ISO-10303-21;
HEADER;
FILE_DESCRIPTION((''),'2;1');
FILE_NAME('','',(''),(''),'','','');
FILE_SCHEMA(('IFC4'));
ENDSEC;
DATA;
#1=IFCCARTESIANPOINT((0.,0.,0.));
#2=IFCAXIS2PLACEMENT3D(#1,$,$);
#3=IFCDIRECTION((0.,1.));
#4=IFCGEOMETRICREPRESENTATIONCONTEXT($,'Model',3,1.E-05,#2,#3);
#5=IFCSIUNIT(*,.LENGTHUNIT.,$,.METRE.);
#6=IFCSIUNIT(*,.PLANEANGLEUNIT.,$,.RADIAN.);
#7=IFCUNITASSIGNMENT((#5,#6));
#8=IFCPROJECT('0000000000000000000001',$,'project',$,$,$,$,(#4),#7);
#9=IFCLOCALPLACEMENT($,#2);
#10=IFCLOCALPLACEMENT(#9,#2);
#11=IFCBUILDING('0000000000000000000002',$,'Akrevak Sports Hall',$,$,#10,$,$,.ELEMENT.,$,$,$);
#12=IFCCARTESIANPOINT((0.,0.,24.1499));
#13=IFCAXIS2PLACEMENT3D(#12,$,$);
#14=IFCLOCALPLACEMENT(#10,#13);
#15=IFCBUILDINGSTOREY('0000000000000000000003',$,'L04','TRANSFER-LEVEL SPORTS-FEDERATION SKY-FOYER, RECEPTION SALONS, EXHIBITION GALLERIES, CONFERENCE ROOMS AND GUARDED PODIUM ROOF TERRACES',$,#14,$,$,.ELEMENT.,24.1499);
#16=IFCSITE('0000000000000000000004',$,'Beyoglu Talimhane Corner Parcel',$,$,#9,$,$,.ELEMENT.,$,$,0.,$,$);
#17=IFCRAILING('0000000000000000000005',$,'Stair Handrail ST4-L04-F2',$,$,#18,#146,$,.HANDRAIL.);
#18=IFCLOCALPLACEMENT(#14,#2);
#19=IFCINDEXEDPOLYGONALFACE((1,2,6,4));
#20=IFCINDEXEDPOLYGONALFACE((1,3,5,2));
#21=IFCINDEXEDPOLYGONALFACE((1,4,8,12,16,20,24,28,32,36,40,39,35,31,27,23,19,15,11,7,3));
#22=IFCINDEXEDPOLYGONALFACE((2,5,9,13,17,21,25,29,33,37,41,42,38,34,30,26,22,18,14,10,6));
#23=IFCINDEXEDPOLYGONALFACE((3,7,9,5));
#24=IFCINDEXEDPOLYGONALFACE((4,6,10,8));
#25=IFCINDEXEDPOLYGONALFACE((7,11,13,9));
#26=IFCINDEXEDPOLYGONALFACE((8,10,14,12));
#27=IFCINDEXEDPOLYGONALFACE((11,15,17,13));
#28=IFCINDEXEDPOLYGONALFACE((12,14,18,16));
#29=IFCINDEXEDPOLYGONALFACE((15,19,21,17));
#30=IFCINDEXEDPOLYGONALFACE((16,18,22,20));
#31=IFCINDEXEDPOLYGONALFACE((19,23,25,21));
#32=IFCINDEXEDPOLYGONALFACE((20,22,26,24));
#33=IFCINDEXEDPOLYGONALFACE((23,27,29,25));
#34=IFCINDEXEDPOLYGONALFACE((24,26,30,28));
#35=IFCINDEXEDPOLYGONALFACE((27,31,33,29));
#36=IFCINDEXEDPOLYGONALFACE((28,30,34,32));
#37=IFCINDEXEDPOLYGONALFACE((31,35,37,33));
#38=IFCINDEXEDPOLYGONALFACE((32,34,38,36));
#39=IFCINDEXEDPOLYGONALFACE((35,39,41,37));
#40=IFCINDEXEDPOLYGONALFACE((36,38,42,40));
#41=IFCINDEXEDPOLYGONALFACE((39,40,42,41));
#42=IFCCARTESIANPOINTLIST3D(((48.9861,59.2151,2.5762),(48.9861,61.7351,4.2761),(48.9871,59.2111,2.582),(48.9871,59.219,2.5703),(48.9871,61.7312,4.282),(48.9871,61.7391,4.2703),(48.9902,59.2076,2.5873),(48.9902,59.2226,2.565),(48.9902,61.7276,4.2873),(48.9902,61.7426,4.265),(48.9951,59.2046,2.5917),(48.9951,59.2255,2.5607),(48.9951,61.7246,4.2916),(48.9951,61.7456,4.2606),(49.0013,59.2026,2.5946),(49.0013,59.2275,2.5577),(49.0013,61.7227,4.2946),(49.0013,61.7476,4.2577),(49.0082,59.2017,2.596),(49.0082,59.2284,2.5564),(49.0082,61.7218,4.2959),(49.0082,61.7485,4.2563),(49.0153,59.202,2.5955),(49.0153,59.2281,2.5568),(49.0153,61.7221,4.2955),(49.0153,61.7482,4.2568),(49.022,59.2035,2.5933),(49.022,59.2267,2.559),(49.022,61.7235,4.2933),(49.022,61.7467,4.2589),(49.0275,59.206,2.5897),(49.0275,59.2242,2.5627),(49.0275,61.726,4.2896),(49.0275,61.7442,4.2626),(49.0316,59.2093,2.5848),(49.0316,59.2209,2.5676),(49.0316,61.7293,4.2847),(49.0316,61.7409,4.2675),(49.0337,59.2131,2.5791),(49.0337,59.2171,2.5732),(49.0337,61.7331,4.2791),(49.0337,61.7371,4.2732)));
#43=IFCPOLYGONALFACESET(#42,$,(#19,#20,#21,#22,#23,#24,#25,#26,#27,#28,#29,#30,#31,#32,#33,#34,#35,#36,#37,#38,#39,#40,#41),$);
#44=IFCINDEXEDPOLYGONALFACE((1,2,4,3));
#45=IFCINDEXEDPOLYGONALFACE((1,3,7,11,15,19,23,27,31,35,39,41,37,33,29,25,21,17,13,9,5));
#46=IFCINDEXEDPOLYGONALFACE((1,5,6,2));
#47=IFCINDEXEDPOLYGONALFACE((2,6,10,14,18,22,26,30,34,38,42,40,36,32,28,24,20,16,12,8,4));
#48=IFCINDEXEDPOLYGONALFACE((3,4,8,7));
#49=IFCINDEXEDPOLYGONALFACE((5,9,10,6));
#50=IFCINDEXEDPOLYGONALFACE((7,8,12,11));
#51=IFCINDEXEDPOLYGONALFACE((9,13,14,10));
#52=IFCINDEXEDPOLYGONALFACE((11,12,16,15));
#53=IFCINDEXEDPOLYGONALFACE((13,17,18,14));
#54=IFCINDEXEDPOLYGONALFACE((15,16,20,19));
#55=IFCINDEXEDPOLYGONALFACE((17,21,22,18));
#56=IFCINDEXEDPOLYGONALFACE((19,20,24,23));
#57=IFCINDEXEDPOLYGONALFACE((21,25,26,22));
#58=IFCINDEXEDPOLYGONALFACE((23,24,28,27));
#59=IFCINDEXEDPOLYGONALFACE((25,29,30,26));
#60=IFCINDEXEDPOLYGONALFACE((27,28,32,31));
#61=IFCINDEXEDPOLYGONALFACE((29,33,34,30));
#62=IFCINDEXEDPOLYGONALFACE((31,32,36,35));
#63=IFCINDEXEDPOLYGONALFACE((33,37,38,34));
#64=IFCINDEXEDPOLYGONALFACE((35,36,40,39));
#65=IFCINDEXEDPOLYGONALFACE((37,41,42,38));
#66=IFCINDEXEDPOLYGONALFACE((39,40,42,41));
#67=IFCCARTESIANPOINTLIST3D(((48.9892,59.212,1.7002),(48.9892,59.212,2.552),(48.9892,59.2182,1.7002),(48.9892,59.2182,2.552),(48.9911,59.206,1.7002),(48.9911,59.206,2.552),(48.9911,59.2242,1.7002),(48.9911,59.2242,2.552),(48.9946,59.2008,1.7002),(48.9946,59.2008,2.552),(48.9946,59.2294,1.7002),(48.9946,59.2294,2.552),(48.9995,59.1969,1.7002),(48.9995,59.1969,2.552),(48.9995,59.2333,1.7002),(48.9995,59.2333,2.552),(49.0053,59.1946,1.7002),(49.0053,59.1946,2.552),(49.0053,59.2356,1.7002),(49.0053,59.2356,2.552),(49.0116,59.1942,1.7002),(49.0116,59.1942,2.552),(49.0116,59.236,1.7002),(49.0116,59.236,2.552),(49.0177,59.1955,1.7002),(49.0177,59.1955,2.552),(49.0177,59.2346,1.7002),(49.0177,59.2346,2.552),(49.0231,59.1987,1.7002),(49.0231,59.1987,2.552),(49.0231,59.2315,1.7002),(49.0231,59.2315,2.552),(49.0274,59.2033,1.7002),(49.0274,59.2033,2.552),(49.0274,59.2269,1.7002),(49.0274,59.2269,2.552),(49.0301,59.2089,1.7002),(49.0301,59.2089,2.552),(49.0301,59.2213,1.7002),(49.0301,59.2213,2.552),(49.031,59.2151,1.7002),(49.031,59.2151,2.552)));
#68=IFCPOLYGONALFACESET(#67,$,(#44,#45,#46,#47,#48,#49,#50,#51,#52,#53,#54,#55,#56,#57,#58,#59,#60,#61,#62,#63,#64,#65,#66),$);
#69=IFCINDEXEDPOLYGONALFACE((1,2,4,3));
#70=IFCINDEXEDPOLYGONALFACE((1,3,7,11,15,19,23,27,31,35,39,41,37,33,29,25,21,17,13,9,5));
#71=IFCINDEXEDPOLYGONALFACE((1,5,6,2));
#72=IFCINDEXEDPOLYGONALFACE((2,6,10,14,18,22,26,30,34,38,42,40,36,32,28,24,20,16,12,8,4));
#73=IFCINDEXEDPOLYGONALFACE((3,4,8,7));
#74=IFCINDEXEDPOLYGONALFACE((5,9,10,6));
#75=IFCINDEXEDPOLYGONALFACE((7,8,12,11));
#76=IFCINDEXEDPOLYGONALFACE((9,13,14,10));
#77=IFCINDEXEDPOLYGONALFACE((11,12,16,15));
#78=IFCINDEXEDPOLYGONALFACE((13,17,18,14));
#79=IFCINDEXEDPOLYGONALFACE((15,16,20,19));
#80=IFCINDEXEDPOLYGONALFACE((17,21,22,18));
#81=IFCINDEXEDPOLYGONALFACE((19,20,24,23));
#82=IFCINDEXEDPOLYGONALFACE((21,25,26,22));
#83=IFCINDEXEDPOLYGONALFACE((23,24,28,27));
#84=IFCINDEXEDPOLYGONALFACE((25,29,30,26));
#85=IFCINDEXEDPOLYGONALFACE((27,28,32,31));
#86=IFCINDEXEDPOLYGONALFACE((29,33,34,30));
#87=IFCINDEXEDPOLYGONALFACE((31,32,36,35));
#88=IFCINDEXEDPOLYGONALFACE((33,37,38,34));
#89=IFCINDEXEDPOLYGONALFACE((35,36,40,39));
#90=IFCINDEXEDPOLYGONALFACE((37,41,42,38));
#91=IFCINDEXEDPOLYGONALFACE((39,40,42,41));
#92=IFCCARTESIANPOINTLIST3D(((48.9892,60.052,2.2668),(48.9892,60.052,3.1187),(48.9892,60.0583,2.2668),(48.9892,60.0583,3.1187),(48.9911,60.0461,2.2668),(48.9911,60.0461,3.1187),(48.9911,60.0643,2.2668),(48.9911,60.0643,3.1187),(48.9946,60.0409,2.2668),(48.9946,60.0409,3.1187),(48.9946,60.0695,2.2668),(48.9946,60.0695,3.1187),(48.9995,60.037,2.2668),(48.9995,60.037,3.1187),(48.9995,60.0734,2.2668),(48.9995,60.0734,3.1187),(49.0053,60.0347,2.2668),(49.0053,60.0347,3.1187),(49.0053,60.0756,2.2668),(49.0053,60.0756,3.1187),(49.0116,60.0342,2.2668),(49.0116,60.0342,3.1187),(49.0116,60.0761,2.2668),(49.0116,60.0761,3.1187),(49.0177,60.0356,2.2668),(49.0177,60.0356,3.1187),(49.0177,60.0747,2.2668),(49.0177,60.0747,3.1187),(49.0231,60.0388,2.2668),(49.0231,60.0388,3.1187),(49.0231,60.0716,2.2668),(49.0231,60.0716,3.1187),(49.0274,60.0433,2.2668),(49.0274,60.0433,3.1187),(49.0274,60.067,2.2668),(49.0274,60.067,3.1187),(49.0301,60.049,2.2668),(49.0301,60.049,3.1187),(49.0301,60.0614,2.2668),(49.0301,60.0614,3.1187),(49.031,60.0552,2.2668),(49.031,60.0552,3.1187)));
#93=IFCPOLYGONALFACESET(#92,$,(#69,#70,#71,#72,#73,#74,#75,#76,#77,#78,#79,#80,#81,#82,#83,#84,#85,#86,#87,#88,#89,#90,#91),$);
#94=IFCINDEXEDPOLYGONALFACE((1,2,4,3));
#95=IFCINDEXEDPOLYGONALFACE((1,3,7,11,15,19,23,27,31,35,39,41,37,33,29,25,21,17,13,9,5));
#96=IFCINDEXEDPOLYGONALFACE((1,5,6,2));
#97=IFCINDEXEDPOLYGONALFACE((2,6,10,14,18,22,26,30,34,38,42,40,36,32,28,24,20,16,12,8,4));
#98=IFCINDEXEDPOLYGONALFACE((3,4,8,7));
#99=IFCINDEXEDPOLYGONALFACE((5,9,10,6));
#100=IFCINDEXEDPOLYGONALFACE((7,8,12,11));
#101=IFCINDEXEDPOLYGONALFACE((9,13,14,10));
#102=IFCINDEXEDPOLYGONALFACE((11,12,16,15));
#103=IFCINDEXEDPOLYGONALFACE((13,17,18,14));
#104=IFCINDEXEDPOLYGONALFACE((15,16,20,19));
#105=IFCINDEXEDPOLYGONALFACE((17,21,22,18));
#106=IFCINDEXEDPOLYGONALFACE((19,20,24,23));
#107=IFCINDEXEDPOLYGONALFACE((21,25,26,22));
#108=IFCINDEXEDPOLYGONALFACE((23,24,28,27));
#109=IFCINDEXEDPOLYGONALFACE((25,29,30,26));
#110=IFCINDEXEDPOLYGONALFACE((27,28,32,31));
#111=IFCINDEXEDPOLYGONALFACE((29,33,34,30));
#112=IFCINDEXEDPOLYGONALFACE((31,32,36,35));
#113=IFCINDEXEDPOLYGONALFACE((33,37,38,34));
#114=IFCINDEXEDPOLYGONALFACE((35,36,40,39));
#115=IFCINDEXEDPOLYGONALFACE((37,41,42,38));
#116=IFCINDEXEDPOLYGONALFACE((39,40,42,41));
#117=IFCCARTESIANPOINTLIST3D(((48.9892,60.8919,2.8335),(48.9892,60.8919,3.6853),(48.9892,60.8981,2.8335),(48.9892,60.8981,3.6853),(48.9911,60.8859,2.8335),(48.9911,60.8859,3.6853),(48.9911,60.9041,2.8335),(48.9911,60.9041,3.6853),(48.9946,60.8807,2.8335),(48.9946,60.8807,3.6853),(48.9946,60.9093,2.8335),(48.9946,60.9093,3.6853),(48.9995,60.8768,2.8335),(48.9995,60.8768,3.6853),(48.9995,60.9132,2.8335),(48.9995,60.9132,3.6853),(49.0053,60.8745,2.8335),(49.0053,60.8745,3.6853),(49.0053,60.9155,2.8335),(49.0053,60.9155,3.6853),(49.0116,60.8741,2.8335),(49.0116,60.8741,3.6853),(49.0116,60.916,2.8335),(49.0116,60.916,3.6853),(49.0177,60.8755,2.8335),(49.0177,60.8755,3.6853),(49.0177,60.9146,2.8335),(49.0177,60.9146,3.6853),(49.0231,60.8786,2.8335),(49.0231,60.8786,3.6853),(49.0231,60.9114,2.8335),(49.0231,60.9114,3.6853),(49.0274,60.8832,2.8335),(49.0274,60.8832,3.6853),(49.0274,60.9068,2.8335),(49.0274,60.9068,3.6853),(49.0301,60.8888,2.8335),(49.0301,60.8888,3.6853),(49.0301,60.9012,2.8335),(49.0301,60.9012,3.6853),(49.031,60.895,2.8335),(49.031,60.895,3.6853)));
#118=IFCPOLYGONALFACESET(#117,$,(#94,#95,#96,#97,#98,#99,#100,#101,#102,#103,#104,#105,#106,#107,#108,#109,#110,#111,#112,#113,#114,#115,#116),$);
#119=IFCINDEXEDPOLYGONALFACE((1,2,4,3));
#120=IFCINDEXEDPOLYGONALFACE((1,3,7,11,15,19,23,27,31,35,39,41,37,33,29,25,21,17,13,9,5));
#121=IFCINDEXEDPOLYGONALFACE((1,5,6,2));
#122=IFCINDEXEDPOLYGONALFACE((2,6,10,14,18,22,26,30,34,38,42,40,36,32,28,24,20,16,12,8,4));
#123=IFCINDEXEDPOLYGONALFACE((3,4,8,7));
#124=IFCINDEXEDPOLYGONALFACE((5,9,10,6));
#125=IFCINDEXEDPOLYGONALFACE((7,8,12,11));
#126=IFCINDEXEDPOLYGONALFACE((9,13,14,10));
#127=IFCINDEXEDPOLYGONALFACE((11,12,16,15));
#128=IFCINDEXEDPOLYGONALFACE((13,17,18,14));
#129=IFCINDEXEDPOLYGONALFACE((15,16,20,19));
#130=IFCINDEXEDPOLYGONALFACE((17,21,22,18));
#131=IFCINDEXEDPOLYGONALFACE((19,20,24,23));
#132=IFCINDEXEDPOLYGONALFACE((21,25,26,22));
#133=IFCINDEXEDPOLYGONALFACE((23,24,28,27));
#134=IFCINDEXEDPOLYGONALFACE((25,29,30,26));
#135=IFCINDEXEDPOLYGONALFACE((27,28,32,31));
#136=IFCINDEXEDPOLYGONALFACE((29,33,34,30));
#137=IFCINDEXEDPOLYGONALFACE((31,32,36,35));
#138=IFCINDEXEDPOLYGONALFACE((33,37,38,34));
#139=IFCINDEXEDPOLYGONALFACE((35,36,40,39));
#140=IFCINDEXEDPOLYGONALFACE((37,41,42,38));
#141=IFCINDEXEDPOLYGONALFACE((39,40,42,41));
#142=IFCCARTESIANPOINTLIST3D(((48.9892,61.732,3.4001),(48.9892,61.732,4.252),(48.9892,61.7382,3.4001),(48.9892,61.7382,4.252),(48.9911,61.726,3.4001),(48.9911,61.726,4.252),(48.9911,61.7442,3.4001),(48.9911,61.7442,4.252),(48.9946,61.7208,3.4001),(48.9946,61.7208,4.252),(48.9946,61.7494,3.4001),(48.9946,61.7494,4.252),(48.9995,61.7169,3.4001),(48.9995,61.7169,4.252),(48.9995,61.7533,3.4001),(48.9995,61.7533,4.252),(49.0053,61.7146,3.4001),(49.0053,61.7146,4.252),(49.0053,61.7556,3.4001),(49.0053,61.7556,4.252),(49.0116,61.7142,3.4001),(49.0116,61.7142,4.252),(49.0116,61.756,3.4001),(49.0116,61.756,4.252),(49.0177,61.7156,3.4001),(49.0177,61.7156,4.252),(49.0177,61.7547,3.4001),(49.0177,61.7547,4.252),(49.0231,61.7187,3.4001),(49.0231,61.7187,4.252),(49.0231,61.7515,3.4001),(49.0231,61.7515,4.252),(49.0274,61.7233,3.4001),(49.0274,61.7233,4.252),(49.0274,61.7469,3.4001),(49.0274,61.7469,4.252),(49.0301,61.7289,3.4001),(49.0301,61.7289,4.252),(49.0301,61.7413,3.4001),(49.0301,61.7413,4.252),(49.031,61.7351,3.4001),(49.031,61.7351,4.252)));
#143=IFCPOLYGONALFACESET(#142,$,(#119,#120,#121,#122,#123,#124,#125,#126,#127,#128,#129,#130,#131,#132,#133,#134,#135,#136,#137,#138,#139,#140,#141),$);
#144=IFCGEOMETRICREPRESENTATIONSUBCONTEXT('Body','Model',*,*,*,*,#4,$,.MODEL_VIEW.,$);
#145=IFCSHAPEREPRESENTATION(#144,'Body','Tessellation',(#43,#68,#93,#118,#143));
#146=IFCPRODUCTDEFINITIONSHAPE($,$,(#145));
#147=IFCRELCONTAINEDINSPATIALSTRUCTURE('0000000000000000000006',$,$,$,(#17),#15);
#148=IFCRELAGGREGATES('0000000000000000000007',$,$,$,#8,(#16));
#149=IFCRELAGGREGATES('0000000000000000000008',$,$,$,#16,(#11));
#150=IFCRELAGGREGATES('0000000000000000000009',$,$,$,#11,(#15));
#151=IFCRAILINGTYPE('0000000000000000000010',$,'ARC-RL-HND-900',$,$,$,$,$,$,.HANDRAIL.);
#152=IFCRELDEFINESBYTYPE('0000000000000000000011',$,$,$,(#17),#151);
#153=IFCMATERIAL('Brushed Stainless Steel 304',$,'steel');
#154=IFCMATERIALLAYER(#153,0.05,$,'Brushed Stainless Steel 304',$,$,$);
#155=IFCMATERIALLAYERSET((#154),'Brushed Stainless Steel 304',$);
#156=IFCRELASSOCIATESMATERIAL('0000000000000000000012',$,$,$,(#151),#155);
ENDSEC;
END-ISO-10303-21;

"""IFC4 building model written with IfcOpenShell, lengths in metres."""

from ifc_helpers import new_model, si_unit, direction, frame, origin, origin_2d, place, context, subcontext, project, spatial, circle, extrude, material, layer, layer_set, type_object, element, save


model = new_model("IFC4")

# Units and contexts
model_context = context("Model", 3, precision=1e-05, world=origin(), true_north=direction((0.0, 1.0)))
body_context = subcontext(model_context, "Body", "Model", "MODEL_VIEW")
ifc_project = project(units=[si_unit("LENGTHUNIT", "METRE"), si_unit("PLANEANGLEUNIT", "RADIAN")], contexts=[model_context])

# Site, building, storey
site_placement = place(None, origin())
site = spatial("IfcSite", under=ifc_project, at=site_placement, Name="Beyoglu Talimhane Corner Parcel", CompositionType="ELEMENT", RefElevation=0.0)
building_placement = place(site_placement, origin())
building = spatial("IfcBuilding", under=site, at=building_placement, Name="Akrevak Sports Hall", CompositionType="ELEMENT")
storey_placement = place(building_placement, frame((0.0, 0.0, 24.1499)))
storey = spatial("IfcBuildingStorey", under=building, at=storey_placement, Name="L04", Description="TRANSFER-LEVEL SPORTS-FEDERATION SKY-FOYER, RECEPTION SALONS, EXHIBITION GALLERIES, CONFERENCE ROOMS AND GUARDED PODIUM ROOF TERRACES", CompositionType="ELEMENT", Elevation=24.1499)

# Railing
ifc_material_1 = material(Name="Brushed Stainless Steel 304", Category="steel")
ifc_layer_1 = layer(ifc_material_1, 0.05, Name="Brushed Stainless Steel 304")
ifc_layer_set_1 = layer_set([ifc_layer_1], Name="Brushed Stainless Steel 304")
railing_type_1 = type_object("IfcRailingType", Name="ARC-RL-HND-900", PredefinedType="HANDRAIL", material=ifc_layer_set_1)
railing_1_placement = place(storey_placement, frame((49.01, 59.2151, 1.7002)))
element("IfcRailing", 1, at=railing_1_placement, inside=storey, type_object=railing_type_1, Name="Stair Handrail ST4-L04-F2", PredefinedType="HANDRAIL", context=body_context, shape_type="SweptSolid", body=[
    extrude(circle(Radius=0.0239, at=origin_2d()), frame((0.0, 0.0, 0.876), z_axis=(0.0, 0.829011, 0.559233), x_axis=(-1.0, 0.0, 0.0)), (0.0, 0.0, 1.0), 3.0398),
    extrude(circle(Radius=0.021, at=origin_2d()), origin(), (0.0, 0.0, 1.0), 0.8518),
    extrude(circle(Radius=0.021, at=origin_2d()), frame((0.0, 0.8401, 0.5667)), (0.0, 0.0, 1.0), 0.8518),
    extrude(circle(Radius=0.021, at=origin_2d()), frame((0.0, 1.6799, 1.1333)), (0.0, 0.0, 1.0), 0.8518),
    extrude(circle(Radius=0.021, at=origin_2d()), frame((0.0, 2.52, 1.7)), (0.0, 0.0, 1.0), 0.8518),
])

save(model, "model.ifc")
